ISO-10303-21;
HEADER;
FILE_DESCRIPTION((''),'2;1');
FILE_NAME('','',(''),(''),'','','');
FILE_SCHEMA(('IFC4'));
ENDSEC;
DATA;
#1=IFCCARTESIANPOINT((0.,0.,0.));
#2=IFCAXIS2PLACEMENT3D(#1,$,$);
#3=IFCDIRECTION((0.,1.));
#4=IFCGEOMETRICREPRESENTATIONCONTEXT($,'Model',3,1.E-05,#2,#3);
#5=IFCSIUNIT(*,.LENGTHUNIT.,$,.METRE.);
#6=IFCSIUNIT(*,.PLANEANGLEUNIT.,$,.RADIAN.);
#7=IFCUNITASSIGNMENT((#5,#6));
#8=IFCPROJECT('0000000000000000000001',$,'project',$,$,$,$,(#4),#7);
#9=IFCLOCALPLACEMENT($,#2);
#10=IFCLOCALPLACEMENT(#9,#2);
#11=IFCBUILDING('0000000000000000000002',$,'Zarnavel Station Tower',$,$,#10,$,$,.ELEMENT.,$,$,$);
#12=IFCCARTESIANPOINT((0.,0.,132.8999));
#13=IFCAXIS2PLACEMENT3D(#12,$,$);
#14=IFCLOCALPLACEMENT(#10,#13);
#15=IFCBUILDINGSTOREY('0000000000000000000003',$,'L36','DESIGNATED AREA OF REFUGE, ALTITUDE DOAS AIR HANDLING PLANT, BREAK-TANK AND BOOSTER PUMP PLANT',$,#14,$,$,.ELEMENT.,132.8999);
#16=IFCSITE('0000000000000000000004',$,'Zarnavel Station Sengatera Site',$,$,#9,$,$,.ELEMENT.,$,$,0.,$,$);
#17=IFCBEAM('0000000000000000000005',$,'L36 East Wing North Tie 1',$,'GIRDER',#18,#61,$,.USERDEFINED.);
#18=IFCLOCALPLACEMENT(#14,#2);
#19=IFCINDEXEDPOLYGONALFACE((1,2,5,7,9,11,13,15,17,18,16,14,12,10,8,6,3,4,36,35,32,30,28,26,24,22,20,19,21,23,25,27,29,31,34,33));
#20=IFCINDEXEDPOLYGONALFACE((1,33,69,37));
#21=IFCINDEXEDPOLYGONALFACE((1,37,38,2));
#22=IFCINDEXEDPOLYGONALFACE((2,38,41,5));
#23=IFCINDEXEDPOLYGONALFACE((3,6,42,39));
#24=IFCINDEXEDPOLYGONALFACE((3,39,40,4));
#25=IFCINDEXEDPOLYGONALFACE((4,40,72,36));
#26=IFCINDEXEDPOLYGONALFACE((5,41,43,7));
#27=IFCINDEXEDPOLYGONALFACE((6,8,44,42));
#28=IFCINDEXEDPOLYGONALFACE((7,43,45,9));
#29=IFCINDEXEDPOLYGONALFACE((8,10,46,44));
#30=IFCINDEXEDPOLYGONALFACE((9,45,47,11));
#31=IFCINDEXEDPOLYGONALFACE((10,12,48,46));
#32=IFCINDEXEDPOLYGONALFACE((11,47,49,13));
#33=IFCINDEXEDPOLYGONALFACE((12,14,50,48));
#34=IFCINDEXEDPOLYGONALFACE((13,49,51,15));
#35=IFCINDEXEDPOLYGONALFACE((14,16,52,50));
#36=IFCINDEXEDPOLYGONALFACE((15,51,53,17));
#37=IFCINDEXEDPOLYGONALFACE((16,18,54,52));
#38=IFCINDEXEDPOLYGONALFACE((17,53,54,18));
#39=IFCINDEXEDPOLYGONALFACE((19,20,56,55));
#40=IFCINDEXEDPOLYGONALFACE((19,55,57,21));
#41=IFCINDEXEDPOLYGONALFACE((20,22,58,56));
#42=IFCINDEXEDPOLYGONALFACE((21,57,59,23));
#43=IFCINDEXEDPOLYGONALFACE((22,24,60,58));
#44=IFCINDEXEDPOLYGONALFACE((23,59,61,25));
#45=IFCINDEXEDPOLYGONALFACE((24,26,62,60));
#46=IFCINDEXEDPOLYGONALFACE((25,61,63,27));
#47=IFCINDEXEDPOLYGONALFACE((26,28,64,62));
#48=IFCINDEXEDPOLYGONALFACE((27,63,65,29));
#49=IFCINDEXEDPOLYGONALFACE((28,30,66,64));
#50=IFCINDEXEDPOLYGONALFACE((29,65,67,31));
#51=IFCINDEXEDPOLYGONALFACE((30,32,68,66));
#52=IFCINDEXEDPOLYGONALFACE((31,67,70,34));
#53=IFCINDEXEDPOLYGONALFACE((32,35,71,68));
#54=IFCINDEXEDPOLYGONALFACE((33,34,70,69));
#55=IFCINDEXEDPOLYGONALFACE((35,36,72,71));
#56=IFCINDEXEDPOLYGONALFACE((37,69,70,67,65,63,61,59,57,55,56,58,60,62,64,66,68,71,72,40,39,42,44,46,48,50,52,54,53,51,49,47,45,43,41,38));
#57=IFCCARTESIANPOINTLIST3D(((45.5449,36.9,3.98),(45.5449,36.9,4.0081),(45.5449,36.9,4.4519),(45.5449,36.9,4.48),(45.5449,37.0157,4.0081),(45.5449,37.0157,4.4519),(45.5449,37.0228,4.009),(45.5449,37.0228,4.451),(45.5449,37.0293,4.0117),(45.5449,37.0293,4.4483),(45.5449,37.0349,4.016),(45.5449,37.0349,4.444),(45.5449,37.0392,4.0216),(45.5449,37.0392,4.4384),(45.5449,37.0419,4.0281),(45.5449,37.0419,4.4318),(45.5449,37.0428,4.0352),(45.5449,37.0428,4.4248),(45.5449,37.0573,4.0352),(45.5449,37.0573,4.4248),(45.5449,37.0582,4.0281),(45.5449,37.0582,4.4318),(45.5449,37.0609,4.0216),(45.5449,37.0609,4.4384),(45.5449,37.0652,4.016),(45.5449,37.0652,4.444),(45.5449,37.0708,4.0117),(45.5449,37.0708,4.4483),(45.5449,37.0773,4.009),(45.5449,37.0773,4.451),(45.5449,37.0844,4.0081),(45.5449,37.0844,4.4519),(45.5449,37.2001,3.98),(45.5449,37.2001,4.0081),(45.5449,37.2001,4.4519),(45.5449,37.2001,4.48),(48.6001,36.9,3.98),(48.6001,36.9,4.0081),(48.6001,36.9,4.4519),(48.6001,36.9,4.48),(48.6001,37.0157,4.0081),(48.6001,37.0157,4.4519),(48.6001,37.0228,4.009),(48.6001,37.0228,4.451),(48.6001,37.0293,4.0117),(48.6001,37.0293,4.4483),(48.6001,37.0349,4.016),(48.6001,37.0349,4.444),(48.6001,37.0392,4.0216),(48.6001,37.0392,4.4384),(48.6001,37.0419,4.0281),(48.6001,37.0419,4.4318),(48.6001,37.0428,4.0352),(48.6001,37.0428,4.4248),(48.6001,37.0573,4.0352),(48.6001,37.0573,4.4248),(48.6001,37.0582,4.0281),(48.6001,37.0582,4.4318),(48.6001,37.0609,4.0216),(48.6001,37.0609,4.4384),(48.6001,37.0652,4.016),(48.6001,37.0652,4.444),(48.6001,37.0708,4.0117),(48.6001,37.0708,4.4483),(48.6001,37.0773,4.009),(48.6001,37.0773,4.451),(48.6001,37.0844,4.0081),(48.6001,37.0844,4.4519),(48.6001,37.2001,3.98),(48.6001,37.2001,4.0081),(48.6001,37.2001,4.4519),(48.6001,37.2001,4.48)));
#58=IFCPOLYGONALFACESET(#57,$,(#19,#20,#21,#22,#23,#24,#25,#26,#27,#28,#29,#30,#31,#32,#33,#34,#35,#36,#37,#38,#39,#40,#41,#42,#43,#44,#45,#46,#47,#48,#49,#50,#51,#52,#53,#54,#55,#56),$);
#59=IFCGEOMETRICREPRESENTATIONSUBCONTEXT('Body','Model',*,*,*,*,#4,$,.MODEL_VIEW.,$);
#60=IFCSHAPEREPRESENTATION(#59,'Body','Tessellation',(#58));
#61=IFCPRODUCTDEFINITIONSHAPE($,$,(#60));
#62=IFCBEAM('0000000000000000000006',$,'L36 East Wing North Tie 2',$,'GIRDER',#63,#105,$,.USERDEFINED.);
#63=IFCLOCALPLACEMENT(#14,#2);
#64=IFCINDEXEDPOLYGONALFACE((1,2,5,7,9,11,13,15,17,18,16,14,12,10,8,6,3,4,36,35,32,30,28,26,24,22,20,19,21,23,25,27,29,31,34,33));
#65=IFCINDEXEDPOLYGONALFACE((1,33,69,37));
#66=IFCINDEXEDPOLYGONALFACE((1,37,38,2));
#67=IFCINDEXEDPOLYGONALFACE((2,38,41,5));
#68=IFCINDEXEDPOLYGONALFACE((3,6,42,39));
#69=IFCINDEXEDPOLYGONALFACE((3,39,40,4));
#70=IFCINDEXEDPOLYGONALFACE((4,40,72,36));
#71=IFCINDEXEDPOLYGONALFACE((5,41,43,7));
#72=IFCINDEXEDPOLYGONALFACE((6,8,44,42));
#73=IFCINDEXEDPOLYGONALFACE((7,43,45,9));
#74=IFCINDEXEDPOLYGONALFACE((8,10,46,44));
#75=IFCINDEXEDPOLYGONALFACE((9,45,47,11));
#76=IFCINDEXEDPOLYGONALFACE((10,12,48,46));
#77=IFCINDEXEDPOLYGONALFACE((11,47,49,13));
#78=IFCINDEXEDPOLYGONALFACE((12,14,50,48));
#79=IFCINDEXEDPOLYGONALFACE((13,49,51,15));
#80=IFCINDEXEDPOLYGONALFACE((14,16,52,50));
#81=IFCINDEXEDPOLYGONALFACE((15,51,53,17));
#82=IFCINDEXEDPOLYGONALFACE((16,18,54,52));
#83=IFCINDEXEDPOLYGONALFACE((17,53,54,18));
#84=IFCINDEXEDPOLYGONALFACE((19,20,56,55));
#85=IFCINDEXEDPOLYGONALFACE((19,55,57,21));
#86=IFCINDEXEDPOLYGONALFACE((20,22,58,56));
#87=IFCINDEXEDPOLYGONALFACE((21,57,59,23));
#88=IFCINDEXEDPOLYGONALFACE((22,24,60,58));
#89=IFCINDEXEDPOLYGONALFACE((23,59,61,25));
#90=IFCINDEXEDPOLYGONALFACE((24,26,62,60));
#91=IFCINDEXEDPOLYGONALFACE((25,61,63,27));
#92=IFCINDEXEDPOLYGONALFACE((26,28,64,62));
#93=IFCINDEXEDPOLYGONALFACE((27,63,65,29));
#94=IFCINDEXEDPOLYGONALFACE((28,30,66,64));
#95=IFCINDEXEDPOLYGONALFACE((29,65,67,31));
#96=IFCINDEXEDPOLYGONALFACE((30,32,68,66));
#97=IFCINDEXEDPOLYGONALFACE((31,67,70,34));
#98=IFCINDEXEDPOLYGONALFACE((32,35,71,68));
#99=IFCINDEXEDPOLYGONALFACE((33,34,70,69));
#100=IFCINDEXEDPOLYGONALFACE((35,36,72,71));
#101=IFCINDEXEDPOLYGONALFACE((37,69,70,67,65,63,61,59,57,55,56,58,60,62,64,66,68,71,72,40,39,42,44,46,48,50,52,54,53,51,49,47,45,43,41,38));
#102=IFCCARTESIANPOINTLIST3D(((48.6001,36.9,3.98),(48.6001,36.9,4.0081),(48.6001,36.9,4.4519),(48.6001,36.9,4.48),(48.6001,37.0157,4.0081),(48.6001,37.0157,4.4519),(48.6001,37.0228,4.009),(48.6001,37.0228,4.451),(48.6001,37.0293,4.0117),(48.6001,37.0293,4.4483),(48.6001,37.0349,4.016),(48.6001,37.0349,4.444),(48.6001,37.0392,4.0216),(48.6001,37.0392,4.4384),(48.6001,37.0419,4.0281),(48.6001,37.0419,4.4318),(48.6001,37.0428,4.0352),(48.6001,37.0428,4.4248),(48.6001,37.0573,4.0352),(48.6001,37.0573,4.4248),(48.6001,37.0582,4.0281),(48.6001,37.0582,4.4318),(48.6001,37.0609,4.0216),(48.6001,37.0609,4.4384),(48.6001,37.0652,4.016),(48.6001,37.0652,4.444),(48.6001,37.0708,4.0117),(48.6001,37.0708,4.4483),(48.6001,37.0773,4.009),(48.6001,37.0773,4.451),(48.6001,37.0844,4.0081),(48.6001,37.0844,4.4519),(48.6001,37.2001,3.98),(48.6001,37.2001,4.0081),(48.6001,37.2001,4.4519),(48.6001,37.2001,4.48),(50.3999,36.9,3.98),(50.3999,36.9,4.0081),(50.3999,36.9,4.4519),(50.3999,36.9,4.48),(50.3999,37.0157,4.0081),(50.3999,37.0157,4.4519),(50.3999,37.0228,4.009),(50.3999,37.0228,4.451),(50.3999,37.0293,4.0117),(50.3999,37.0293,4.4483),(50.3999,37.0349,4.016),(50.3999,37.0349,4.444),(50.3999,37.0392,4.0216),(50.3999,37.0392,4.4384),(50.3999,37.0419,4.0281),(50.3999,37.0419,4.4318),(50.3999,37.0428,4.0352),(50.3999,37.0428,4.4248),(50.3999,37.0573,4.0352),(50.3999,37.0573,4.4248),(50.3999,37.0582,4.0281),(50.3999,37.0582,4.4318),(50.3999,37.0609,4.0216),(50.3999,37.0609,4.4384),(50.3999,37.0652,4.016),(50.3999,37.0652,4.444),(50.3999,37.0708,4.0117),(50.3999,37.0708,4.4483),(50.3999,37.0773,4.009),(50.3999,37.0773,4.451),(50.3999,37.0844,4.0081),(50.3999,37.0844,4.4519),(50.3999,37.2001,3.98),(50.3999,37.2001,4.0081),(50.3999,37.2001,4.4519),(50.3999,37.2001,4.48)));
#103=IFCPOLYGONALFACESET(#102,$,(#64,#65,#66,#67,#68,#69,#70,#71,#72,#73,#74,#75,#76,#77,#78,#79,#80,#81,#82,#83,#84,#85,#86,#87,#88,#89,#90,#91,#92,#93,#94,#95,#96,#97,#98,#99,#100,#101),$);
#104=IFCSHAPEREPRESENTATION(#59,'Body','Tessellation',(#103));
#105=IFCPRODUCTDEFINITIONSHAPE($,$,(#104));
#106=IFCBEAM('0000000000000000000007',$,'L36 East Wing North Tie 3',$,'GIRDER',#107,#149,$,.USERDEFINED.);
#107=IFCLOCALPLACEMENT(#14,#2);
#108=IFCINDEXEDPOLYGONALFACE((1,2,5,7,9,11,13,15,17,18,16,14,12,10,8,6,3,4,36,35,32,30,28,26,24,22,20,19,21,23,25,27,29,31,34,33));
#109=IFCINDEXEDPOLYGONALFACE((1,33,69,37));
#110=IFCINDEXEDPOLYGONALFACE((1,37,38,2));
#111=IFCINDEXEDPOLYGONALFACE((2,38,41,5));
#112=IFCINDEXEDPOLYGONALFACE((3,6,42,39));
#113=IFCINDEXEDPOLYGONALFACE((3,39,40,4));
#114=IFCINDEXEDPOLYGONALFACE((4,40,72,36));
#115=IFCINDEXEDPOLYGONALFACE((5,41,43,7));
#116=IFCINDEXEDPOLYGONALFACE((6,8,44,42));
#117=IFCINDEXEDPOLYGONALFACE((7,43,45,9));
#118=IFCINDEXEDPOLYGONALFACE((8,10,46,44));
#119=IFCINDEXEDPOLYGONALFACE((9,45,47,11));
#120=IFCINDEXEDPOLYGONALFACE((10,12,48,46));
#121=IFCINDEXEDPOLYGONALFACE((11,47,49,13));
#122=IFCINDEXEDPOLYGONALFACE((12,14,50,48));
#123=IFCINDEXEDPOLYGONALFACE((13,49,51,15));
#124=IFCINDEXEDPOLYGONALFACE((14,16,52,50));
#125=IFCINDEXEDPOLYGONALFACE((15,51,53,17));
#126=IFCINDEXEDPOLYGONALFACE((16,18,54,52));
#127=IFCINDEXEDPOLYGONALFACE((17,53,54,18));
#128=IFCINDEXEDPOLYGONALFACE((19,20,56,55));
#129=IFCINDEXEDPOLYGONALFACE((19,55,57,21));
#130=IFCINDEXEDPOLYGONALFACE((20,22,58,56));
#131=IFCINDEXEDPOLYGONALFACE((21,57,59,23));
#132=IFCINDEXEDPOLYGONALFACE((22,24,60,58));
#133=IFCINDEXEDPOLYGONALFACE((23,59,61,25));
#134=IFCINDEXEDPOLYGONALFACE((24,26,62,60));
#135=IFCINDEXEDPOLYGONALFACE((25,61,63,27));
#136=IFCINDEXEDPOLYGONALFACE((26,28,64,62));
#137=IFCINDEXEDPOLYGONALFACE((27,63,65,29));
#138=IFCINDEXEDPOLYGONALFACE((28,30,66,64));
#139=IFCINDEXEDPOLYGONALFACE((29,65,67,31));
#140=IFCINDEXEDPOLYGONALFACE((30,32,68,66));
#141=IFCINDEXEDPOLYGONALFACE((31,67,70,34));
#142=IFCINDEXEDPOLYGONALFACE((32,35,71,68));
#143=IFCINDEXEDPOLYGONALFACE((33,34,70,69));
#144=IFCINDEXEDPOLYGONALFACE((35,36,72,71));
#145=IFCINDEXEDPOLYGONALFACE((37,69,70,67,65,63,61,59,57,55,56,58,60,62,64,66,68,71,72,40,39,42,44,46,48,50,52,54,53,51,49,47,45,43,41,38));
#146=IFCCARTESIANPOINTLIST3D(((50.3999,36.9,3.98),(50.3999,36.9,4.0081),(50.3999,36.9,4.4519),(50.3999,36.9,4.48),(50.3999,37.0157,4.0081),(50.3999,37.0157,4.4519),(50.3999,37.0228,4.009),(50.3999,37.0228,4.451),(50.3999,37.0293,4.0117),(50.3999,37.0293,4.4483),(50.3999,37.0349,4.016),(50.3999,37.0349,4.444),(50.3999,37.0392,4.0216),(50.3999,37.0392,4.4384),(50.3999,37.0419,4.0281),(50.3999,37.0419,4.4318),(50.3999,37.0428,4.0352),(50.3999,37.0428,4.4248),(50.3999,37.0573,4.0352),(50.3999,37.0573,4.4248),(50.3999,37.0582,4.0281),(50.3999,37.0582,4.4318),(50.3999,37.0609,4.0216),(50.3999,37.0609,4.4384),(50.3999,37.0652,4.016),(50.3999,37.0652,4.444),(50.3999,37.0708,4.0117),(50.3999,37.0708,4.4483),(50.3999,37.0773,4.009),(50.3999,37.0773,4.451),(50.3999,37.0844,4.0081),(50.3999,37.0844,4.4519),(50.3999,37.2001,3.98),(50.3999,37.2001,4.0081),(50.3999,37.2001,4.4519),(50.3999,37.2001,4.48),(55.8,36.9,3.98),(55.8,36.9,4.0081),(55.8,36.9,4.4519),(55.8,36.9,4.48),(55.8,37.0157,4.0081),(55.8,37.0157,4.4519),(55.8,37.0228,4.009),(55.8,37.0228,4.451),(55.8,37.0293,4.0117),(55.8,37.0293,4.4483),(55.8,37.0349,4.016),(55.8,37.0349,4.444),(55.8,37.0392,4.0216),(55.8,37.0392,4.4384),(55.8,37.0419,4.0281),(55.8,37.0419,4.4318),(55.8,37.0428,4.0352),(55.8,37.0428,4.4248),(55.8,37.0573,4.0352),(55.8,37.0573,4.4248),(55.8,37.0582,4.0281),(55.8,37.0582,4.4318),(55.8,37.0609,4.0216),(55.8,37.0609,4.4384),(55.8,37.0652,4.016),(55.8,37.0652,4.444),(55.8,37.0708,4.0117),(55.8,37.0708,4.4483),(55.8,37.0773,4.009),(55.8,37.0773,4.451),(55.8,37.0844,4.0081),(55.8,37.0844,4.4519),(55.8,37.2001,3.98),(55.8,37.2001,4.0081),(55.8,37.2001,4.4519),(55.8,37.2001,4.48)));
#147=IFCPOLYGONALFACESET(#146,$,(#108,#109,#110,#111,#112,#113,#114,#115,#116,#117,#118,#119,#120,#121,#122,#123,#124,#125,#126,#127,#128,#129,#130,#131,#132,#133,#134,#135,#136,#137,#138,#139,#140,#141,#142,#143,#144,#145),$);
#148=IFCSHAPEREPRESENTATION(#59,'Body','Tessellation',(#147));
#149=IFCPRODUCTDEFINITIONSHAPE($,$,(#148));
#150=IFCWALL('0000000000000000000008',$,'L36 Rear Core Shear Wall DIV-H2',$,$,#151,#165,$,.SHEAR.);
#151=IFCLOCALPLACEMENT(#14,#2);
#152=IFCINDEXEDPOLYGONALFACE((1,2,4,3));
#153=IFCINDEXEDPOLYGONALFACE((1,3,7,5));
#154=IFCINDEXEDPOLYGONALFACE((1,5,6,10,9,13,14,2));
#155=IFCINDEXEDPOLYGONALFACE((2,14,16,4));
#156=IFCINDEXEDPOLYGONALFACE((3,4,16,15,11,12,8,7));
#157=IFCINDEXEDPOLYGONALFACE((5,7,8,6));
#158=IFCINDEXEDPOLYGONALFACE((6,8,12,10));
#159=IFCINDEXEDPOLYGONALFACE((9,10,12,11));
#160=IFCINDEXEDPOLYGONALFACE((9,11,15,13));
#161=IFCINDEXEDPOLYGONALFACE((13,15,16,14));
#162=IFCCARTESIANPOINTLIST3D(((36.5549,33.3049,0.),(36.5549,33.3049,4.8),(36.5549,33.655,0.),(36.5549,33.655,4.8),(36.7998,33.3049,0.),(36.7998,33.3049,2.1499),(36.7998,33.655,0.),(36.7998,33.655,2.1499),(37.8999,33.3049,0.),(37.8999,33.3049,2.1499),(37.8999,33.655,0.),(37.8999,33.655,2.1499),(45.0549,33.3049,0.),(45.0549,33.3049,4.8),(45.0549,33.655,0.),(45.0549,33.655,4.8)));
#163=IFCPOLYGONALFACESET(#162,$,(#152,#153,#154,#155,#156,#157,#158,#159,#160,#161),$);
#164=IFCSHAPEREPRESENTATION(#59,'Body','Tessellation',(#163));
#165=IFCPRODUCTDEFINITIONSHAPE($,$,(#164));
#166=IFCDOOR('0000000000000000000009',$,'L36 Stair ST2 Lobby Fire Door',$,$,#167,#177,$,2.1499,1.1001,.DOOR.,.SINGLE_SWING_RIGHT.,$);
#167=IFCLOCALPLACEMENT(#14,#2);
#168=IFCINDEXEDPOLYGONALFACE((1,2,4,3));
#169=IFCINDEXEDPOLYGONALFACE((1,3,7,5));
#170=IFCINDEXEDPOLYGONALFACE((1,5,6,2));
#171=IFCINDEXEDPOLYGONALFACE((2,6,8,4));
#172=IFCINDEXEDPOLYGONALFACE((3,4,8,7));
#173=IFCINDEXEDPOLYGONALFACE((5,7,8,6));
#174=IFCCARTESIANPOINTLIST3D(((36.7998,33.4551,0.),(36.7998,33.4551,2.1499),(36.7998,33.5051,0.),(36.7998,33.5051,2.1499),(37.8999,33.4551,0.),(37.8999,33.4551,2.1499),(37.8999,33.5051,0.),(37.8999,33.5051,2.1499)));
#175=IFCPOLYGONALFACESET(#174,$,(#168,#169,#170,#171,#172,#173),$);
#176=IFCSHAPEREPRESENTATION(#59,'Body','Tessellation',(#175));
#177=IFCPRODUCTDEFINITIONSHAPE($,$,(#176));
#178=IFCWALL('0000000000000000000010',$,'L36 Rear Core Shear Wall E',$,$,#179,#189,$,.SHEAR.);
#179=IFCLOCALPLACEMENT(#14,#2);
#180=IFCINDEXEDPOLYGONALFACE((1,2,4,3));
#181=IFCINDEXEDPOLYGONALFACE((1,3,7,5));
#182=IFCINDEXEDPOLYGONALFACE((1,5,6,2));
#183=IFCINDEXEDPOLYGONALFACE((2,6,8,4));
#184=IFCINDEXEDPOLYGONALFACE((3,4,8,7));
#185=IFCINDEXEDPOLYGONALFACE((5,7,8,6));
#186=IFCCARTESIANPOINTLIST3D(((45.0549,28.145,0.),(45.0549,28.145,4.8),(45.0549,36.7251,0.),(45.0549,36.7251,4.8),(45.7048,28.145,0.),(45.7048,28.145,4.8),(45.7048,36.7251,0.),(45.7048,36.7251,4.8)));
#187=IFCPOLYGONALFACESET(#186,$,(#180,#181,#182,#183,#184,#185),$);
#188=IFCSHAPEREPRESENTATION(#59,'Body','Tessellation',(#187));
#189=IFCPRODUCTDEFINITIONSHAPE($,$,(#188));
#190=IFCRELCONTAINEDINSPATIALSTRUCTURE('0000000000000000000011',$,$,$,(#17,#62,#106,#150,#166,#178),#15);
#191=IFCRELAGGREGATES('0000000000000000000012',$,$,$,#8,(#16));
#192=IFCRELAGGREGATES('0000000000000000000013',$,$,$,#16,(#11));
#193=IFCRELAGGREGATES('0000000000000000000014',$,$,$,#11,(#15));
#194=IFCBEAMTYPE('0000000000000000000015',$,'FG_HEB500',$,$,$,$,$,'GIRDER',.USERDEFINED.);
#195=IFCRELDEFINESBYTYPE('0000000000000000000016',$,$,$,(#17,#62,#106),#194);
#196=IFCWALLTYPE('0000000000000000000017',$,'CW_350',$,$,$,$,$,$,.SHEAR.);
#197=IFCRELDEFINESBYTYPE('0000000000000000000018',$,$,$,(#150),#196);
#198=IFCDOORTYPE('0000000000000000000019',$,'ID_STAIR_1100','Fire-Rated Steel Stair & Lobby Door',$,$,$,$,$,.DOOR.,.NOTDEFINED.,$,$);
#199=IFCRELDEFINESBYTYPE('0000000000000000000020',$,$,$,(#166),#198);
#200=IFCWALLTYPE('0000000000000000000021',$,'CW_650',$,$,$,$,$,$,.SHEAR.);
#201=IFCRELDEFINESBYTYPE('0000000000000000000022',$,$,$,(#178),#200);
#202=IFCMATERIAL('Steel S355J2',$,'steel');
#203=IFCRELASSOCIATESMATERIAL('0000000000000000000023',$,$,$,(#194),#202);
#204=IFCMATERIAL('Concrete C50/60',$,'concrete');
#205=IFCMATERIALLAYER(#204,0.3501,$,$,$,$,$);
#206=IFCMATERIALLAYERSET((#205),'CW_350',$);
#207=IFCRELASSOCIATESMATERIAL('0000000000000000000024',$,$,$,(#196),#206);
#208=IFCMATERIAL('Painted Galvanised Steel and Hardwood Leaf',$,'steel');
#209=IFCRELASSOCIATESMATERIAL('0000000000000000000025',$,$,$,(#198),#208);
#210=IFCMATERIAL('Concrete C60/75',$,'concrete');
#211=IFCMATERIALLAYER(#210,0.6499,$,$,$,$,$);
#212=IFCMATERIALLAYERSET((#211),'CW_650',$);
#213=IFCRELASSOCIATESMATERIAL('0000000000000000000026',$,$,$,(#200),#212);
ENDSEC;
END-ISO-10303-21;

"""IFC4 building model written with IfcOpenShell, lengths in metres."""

from ifc_helpers import new_model, si_unit, direction, frame, frame_2d, origin, origin_2d, place, context, subcontext, project, spatial, rectangle, i_section, extrude, material, layer, layer_set, material_profile, profile_set, type_object, element, fill, save


model = new_model("IFC4")

# Units and contexts
model_context = context("Model", 3, precision=1e-05, world=origin(), true_north=direction((0.0, 1.0)))
body_context = subcontext(model_context, "Body", "Model", "MODEL_VIEW")
ifc_project = project(units=[si_unit("LENGTHUNIT", "METRE"), si_unit("PLANEANGLEUNIT", "RADIAN")], contexts=[model_context])

# Site, building, storey
site_placement = place(None, origin())
site = spatial("IfcSite", under=ifc_project, at=site_placement, Name="Zarnavel Station Sengatera Site", CompositionType="ELEMENT", RefElevation=0.0)
building_placement = place(site_placement, origin())
building = spatial("IfcBuilding", under=site, at=building_placement, Name="Zarnavel Station Tower", CompositionType="ELEMENT")
storey_placement = place(building_placement, frame((0.0, 0.0, 132.8999)))
storey = spatial("IfcBuildingStorey", under=building, at=storey_placement, Name="L36", Description="DESIGNATED AREA OF REFUGE, ALTITUDE DOAS AIR HANDLING PLANT, BREAK-TANK AND BOOSTER PUMP PLANT", CompositionType="ELEMENT", Elevation=132.8999)

# Beams
ifc_material_1 = material(Name="Steel S355J2", Category="steel")
ifc_material_profile_1 = material_profile(ifc_material_1, i_section(OverallWidth=0.3, OverallDepth=0.5, WebThickness=0.0144, FlangeThickness=0.0281, FilletRadius=0.0271, at=origin_2d()), Name="HEB500")
ifc_profile_set_1 = profile_set([ifc_material_profile_1], Name="Steel S355J2")
beam_type = type_object("IfcBeamType", Name="FG_HEB500", ElementType="GIRDER", PredefinedType="USERDEFINED", material=ifc_profile_set_1)
beam_1_placement = place(storey_placement, frame((45.5449, 37.05, 4.23), z_axis=(1.0, 0.0, 0.0), x_axis=(0.0, 1.0, 0.0)))
element("IfcBeam", 1, at=beam_1_placement, inside=storey, type_object=beam_type, Name="L36 East Wing North Tie 1", ObjectType="GIRDER", PredefinedType="USERDEFINED", context=body_context, shape_type="SweptSolid", body=[
    extrude(i_section(OverallWidth=0.3, OverallDepth=0.5, WebThickness=0.0144, FlangeThickness=0.0281, FilletRadius=0.0271, at=origin_2d()), origin(), (0.0, 0.0, 1.0), 3.0552),
])
beam_2_placement = place(storey_placement, frame((48.6001, 37.05, 4.23), z_axis=(1.0, 0.0, 0.0), x_axis=(0.0, 1.0, 0.0)))
element("IfcBeam", 2, at=beam_2_placement, inside=storey, type_object=beam_type, Name="L36 East Wing North Tie 2", ObjectType="GIRDER", PredefinedType="USERDEFINED", context=body_context, shape_type="SweptSolid", body=[
    extrude(i_section(OverallWidth=0.3, OverallDepth=0.5, WebThickness=0.0144, FlangeThickness=0.0281, FilletRadius=0.0271, at=origin_2d()), origin(), (0.0, 0.0, 1.0), 1.7998),
])
beam_3_placement = place(storey_placement, frame((50.3999, 37.05, 4.23), z_axis=(1.0, 0.0, 0.0), x_axis=(0.0, 1.0, 0.0)))
element("IfcBeam", 3, at=beam_3_placement, inside=storey, type_object=beam_type, Name="L36 East Wing North Tie 3", ObjectType="GIRDER", PredefinedType="USERDEFINED", context=body_context, shape_type="SweptSolid", body=[
    extrude(i_section(OverallWidth=0.3, OverallDepth=0.5, WebThickness=0.0144, FlangeThickness=0.0281, FilletRadius=0.0271, at=origin_2d()), origin(), (0.0, 0.0, 1.0), 5.4001),
])

# Wall, opening, door
ifc_material_2 = material(Name="Concrete C50/60", Category="concrete")
ifc_layer_1 = layer(ifc_material_2, 0.3501)
ifc_layer_set_1 = layer_set([ifc_layer_1], Name="CW_350")
wall_type_1 = type_object("IfcWallType", Name="CW_350", PredefinedType="SHEAR", material=ifc_layer_set_1)
wall_1_placement = place(storey_placement, frame((45.0549, 33.48, 0.0), z_axis=(0.0, 0.0, 1.0), x_axis=(-1.0, 0.0, 0.0)))
wall_1 = element("IfcWall", 4, at=wall_1_placement, inside=storey, type_object=wall_type_1, Name="L36 Rear Core Shear Wall DIV-H2", PredefinedType="SHEAR", context=body_context, shape_type="SweptSolid", body=[
    extrude(rectangle(XDim=8.5, YDim=0.3501, at=frame_2d((4.25, 0.0))), origin(), (0.0, 0.0, 1.0), 4.8),
])
opening_1_placement = place(wall_1_placement, frame((7.155, 0.0, 0.0)))
opening_1 = element("IfcOpeningElement", 5, at=opening_1_placement, cuts=wall_1, PredefinedType="OPENING", context=body_context, shape_type="SweptSolid", body=[
    extrude(rectangle(XDim=1.1001, YDim=2.1499, at=frame_2d((0.55, 1.075))), frame((0.0, 0.1851, 0.0), z_axis=(0.0, -1.0, 0.0), x_axis=(1.0, 0.0, 0.0)), (0.0, 0.0, 1.0), 0.3701),
])
ifc_material_3 = material(Name="Painted Galvanised Steel and Hardwood Leaf", Category="steel")
door_type_1 = type_object("IfcDoorType", Name="ID_STAIR_1100", Description="Fire-Rated Steel Stair & Lobby Door", OperationType="NOTDEFINED", PredefinedType="DOOR", material=ifc_material_3)
door_1_placement = place(opening_1_placement, origin())
door_1 = element("IfcDoor", 6, at=door_1_placement, inside=storey, type_object=door_type_1, Name="L36 Stair ST2 Lobby Fire Door", OperationType="SINGLE_SWING_RIGHT", OverallHeight=2.1499, OverallWidth=1.1001, PredefinedType="DOOR", context=body_context, shape_type="SweptSolid", body=[
    extrude(rectangle(XDim=1.1001, YDim=2.1499, at=frame_2d((0.55, 1.075))), frame((0.0, 0.0249, 0.0), z_axis=(0.0, -1.0, 0.0), x_axis=(1.0, 0.0, 0.0)), (0.0, 0.0, 1.0), 0.05),
])
fill(opening_1, door_1)

# Wall
ifc_material_4 = material(Name="Concrete C60/75", Category="concrete")
ifc_layer_2 = layer(ifc_material_4, 0.6499)
ifc_layer_set_2 = layer_set([ifc_layer_2], Name="CW_650")
wall_type_2 = type_object("IfcWallType", Name="CW_650", PredefinedType="SHEAR", material=ifc_layer_set_2)
wall_2_placement = place(storey_placement, frame((45.3799, 28.145, 0.0), z_axis=(0.0, 0.0, 1.0), x_axis=(0.0, 1.0, 0.0)))
element("IfcWall", 7, at=wall_2_placement, inside=storey, type_object=wall_type_2, Name="L36 Rear Core Shear Wall E", PredefinedType="SHEAR", context=body_context, shape_type="SweptSolid", body=[
    extrude(rectangle(XDim=8.5801, YDim=0.6499, at=frame_2d((4.29, 0.0))), origin(), (0.0, 0.0, 1.0), 4.8),
])

save(model, "model.ifc")
